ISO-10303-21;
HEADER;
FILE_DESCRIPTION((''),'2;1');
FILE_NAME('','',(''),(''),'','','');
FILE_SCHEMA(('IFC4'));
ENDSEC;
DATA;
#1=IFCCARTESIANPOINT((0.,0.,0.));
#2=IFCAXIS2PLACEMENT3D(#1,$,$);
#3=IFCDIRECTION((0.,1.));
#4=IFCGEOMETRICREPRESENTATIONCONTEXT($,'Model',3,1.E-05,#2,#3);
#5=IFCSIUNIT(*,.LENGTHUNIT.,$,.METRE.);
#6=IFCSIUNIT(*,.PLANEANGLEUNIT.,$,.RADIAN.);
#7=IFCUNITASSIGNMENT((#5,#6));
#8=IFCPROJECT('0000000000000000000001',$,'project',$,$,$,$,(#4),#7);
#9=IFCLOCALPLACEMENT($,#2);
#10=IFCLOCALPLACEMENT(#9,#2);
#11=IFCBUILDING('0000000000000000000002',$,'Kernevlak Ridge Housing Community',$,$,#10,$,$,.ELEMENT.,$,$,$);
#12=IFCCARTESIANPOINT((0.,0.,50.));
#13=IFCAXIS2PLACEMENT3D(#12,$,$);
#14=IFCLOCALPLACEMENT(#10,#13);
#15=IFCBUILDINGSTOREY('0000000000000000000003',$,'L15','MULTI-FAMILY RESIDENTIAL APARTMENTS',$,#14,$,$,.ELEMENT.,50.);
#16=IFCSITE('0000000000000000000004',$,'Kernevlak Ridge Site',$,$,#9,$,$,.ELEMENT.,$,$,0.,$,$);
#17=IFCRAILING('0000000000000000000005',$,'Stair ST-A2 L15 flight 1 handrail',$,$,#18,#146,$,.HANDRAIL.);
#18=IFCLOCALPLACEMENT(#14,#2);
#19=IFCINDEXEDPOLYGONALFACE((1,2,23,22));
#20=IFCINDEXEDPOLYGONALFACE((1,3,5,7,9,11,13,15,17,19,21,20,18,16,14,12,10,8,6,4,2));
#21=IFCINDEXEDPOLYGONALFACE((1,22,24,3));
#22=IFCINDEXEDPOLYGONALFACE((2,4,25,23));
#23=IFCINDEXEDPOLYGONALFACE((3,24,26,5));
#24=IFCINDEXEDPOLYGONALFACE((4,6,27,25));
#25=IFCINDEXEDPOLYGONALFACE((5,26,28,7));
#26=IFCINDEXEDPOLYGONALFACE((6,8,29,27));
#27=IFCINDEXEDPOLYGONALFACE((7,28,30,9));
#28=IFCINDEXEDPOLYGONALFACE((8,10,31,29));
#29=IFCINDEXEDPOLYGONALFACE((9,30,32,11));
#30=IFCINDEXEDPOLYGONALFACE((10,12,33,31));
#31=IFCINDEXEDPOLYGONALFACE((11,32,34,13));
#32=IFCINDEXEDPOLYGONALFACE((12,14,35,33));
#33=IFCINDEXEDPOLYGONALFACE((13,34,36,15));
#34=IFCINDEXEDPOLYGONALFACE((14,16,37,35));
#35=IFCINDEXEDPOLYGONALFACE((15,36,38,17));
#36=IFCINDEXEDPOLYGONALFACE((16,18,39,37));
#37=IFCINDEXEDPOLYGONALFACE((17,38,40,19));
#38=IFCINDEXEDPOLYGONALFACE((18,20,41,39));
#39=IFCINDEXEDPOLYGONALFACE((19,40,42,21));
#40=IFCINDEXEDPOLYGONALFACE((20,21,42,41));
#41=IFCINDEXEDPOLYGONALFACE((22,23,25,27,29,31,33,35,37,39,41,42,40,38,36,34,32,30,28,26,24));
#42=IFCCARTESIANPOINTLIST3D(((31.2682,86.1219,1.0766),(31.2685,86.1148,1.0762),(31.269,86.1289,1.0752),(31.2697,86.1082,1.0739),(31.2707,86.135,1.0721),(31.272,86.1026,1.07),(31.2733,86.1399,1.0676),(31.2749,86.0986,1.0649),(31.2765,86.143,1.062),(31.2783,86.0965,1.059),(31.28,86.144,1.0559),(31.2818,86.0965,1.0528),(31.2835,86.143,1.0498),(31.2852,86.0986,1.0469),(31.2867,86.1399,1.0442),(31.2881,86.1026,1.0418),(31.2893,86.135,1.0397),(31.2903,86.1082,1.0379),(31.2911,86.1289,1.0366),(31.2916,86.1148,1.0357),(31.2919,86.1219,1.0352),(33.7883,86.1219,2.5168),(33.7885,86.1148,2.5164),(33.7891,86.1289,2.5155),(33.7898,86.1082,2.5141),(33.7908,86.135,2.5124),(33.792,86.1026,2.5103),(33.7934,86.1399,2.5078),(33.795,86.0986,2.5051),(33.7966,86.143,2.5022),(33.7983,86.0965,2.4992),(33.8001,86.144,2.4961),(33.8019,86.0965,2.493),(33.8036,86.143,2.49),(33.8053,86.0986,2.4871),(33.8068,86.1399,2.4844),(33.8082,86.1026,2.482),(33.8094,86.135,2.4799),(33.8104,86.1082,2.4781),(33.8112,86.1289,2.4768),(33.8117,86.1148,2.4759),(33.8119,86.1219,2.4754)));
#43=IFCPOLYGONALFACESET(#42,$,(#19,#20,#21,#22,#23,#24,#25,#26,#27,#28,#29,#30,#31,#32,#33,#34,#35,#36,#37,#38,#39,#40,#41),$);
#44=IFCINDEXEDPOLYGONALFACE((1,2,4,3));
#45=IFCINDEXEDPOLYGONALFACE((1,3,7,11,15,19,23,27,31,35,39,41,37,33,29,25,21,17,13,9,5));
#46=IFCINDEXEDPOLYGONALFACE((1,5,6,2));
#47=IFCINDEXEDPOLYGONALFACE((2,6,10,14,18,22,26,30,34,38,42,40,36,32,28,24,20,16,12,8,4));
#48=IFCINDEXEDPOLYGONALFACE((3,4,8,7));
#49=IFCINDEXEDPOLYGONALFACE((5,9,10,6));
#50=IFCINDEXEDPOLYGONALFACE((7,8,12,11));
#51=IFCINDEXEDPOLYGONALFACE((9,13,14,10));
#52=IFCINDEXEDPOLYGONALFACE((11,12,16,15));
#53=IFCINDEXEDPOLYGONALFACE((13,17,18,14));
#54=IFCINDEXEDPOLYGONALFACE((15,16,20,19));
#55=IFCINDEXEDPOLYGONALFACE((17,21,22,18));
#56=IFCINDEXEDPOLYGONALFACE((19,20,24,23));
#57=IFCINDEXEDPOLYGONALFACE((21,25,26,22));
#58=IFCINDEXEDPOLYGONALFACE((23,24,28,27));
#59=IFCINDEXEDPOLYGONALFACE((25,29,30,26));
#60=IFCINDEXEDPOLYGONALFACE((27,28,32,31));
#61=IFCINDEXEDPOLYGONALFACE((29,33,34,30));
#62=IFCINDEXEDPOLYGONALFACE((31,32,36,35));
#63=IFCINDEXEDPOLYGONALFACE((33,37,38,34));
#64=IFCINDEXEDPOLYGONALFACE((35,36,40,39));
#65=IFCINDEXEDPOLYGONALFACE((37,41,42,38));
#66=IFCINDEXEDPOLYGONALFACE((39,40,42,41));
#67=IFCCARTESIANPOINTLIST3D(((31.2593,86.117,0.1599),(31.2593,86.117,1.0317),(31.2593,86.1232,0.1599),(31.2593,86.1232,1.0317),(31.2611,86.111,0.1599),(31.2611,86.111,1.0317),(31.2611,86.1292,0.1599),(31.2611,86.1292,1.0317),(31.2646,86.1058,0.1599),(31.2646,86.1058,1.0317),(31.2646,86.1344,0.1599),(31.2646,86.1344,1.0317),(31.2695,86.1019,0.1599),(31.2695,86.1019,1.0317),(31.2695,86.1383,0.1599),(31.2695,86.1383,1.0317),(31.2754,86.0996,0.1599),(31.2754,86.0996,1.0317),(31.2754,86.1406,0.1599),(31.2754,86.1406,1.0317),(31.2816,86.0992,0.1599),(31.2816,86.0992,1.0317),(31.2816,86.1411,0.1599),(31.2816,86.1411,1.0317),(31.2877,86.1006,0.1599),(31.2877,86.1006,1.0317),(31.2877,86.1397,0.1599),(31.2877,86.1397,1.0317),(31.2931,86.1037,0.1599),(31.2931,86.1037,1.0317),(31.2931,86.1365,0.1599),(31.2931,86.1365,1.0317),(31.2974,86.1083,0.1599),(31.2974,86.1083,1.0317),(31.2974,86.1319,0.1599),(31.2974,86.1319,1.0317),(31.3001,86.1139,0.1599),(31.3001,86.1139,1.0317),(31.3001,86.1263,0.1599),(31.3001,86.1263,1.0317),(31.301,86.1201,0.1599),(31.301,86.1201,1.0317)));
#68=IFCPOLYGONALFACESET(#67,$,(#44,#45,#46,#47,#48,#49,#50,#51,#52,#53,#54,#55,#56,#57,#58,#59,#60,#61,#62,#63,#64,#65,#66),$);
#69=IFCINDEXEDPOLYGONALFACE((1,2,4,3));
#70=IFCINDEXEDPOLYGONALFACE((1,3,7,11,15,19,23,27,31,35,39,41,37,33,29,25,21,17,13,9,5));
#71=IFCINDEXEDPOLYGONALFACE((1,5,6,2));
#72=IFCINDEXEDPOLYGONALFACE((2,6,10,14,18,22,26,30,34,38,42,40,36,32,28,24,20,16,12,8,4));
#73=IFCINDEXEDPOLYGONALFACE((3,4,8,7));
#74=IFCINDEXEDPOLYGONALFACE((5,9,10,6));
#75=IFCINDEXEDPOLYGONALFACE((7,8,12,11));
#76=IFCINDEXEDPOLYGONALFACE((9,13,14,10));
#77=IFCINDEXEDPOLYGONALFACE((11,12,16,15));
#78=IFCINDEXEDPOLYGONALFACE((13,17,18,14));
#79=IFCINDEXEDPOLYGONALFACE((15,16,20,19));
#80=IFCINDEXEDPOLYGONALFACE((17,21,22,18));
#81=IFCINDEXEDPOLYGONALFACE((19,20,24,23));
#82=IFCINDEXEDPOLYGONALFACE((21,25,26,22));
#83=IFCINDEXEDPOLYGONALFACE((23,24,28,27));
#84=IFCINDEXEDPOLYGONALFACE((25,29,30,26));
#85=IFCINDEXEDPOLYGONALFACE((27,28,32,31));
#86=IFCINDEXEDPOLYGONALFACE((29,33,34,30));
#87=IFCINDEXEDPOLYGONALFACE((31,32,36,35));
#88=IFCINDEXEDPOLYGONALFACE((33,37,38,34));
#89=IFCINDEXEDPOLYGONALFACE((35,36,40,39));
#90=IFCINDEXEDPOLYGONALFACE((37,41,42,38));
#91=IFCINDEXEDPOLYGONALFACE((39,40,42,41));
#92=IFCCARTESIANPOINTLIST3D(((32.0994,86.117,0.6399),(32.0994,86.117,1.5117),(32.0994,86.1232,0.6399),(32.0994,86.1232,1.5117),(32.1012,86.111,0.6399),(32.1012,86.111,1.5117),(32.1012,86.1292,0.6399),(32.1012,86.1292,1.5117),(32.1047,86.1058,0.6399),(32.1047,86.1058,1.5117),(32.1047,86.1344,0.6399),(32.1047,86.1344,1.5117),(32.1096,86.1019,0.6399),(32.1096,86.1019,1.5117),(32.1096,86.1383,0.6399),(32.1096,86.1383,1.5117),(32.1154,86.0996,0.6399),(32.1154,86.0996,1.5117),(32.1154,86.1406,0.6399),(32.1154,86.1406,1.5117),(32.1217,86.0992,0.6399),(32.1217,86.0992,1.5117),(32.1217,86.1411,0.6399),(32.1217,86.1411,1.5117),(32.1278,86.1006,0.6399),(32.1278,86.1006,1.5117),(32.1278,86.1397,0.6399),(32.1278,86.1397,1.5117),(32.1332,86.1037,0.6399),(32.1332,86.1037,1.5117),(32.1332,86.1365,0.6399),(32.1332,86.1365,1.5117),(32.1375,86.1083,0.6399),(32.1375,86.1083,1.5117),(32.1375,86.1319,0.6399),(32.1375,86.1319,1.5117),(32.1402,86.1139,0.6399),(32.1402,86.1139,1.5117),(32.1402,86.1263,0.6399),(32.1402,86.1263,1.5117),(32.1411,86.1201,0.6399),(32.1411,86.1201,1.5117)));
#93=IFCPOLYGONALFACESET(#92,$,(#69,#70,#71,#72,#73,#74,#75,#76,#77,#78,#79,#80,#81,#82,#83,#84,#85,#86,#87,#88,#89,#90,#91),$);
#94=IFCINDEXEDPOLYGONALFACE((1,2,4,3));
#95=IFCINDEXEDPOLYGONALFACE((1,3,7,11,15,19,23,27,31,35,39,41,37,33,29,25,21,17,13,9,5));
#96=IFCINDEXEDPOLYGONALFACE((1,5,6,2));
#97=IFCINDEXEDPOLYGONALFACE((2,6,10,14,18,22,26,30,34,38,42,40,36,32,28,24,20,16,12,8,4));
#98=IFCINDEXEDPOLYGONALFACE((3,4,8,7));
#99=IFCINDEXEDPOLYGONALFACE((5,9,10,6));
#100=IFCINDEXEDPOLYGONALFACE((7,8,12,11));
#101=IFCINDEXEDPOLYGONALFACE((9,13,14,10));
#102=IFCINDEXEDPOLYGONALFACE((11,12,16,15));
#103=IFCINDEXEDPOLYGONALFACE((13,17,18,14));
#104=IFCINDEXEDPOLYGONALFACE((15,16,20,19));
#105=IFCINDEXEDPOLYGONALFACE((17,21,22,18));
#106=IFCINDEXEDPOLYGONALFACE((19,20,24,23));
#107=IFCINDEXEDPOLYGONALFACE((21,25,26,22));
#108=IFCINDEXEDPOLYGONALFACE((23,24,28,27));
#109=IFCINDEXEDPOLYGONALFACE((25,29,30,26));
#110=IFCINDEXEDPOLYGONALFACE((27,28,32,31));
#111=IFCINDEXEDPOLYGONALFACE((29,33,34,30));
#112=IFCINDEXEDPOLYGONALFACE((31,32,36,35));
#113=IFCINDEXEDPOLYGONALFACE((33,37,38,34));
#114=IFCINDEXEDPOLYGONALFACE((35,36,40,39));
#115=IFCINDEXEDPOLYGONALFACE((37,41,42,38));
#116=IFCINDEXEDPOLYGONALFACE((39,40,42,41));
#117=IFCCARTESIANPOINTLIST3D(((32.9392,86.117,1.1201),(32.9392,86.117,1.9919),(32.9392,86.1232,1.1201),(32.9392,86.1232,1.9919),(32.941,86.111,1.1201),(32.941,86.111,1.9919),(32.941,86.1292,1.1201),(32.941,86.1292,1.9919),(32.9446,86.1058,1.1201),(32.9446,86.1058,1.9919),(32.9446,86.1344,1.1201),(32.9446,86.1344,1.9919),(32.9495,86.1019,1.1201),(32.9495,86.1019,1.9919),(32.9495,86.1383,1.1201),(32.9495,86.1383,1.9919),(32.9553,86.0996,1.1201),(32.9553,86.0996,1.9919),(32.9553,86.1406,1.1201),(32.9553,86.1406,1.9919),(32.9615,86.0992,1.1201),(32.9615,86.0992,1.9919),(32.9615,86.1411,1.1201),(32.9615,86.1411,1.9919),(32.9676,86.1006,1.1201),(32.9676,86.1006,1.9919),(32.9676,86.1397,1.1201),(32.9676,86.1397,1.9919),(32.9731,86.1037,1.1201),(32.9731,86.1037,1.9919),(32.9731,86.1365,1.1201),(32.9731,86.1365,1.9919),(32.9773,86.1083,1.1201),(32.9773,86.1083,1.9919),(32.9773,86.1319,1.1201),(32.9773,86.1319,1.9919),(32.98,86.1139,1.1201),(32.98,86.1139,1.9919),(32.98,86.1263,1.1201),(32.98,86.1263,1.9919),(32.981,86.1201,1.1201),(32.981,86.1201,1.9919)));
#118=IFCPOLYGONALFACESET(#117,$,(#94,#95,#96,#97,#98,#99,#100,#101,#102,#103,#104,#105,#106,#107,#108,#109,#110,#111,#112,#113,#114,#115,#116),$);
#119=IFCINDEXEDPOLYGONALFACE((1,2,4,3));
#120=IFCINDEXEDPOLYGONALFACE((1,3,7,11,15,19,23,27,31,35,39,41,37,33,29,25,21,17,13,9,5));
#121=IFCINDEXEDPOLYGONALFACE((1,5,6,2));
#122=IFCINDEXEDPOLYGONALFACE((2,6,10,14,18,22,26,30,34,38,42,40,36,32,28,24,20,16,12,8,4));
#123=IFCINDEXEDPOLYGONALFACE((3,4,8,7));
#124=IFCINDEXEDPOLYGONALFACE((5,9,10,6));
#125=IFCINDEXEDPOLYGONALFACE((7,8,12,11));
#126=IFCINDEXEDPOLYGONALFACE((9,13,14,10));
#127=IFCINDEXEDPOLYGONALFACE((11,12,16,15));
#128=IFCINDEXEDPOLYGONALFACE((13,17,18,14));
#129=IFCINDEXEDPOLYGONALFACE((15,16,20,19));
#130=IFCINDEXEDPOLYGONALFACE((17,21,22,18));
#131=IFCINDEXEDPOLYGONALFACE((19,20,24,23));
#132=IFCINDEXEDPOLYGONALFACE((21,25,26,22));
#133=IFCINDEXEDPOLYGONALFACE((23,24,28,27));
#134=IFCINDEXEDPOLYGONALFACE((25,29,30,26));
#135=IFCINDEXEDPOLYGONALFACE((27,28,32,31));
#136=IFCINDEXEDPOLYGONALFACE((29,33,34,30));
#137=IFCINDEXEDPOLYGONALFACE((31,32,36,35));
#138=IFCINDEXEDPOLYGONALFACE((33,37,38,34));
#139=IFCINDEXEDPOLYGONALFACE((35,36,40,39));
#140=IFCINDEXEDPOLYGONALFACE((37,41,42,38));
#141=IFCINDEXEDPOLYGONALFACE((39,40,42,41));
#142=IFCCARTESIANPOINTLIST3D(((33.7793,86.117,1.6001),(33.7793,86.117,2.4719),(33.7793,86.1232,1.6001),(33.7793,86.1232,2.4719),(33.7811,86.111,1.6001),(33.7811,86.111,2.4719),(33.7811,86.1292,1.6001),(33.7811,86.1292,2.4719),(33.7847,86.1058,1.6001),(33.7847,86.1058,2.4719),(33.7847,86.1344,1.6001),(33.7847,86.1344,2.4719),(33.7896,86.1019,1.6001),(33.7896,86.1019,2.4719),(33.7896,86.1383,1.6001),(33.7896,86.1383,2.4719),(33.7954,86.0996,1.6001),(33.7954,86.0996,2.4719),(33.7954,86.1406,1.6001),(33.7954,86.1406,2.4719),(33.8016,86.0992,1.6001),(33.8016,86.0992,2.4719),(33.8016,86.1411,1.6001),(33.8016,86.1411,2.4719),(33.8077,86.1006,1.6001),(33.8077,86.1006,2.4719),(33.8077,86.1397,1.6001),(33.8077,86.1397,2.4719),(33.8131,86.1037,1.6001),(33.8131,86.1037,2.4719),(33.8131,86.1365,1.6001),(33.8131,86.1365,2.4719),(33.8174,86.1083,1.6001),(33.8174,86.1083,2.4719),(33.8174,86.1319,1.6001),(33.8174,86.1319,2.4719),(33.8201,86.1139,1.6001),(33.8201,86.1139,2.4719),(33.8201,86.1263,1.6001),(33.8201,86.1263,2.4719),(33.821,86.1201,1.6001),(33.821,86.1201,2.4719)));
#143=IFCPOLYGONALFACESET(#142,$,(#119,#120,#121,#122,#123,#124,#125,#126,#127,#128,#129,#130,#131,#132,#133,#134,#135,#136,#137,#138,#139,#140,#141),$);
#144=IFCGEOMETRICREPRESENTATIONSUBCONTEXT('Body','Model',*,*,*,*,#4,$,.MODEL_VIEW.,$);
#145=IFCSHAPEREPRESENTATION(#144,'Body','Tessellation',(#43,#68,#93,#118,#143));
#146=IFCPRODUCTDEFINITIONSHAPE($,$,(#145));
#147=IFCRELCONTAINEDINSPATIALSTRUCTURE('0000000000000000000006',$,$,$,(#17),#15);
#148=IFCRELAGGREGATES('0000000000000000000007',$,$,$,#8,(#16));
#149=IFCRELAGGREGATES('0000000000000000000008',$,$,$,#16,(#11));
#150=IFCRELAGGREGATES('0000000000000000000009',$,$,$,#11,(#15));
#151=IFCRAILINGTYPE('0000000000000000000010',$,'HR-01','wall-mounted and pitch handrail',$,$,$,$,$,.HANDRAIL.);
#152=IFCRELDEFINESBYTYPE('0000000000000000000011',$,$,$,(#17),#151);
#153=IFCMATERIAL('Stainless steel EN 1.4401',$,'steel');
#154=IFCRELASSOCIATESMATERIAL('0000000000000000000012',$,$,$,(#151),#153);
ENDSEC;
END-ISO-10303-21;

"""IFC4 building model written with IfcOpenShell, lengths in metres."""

from ifc_helpers import new_model, si_unit, direction, frame, origin, origin_2d, place, context, subcontext, project, spatial, circle, extrude, material, type_object, element, save


model = new_model("IFC4")

# Units and contexts
model_context = context("Model", 3, precision=1e-05, world=origin(), true_north=direction((0.0, 1.0)))
body_context = subcontext(model_context, "Body", "Model", "MODEL_VIEW")
ifc_project = project(units=[si_unit("LENGTHUNIT", "METRE"), si_unit("PLANEANGLEUNIT", "RADIAN")], contexts=[model_context])

# Site, building, storey
site_placement = place(None, origin())
site = spatial("IfcSite", under=ifc_project, at=site_placement, Name="Kernevlak Ridge Site", CompositionType="ELEMENT", RefElevation=0.0)
building_placement = place(site_placement, origin())
building = spatial("IfcBuilding", under=site, at=building_placement, Name="Kernevlak Ridge Housing Community", CompositionType="ELEMENT")
storey_placement = place(building_placement, frame((0.0, 0.0, 50.0)))
storey = spatial("IfcBuildingStorey", under=building, at=storey_placement, Name="L15", Description="MULTI-FAMILY RESIDENTIAL APARTMENTS", CompositionType="ELEMENT", Elevation=50.0)

# Railing
ifc_material_1 = material(Name="Stainless steel EN 1.4401", Category="steel")
railing_type_1 = type_object("IfcRailingType", Name="HR-01", Description="wall-mounted and pitch handrail", PredefinedType="HANDRAIL", material=ifc_material_1)
railing_1_placement = place(storey_placement, frame((31.28, 86.1201, 0.1599)))
element("IfcRailing", 1, at=railing_1_placement, inside=storey, type_object=railing_type_1, Name="Stair ST-A2 L15 flight 1 handrail", PredefinedType="HANDRAIL", context=body_context, shape_type="SweptSolid", body=[
    extrude(circle(Radius=0.0239, at=origin_2d()), frame((0.0, 0.0, 0.896), z_axis=(0.868217, 0.0, 0.496184), x_axis=(0.0, 1.0, 0.0)), (0.0, 0.0, 1.0), 2.9026),
    extrude(circle(Radius=0.021, at=origin_2d()), origin(), (0.0, 0.0, 1.0), 0.8718),
    extrude(circle(Radius=0.021, at=origin_2d()), frame((0.8401, 0.0, 0.48)), (0.0, 0.0, 1.0), 0.8718),
    extrude(circle(Radius=0.021, at=origin_2d()), frame((1.6799, 0.0, 0.9602)), (0.0, 0.0, 1.0), 0.8718),
    extrude(circle(Radius=0.021, at=origin_2d()), frame((2.52, 0.0, 1.4402)), (0.0, 0.0, 1.0), 0.8718),
])

save(model, "model.ifc")
